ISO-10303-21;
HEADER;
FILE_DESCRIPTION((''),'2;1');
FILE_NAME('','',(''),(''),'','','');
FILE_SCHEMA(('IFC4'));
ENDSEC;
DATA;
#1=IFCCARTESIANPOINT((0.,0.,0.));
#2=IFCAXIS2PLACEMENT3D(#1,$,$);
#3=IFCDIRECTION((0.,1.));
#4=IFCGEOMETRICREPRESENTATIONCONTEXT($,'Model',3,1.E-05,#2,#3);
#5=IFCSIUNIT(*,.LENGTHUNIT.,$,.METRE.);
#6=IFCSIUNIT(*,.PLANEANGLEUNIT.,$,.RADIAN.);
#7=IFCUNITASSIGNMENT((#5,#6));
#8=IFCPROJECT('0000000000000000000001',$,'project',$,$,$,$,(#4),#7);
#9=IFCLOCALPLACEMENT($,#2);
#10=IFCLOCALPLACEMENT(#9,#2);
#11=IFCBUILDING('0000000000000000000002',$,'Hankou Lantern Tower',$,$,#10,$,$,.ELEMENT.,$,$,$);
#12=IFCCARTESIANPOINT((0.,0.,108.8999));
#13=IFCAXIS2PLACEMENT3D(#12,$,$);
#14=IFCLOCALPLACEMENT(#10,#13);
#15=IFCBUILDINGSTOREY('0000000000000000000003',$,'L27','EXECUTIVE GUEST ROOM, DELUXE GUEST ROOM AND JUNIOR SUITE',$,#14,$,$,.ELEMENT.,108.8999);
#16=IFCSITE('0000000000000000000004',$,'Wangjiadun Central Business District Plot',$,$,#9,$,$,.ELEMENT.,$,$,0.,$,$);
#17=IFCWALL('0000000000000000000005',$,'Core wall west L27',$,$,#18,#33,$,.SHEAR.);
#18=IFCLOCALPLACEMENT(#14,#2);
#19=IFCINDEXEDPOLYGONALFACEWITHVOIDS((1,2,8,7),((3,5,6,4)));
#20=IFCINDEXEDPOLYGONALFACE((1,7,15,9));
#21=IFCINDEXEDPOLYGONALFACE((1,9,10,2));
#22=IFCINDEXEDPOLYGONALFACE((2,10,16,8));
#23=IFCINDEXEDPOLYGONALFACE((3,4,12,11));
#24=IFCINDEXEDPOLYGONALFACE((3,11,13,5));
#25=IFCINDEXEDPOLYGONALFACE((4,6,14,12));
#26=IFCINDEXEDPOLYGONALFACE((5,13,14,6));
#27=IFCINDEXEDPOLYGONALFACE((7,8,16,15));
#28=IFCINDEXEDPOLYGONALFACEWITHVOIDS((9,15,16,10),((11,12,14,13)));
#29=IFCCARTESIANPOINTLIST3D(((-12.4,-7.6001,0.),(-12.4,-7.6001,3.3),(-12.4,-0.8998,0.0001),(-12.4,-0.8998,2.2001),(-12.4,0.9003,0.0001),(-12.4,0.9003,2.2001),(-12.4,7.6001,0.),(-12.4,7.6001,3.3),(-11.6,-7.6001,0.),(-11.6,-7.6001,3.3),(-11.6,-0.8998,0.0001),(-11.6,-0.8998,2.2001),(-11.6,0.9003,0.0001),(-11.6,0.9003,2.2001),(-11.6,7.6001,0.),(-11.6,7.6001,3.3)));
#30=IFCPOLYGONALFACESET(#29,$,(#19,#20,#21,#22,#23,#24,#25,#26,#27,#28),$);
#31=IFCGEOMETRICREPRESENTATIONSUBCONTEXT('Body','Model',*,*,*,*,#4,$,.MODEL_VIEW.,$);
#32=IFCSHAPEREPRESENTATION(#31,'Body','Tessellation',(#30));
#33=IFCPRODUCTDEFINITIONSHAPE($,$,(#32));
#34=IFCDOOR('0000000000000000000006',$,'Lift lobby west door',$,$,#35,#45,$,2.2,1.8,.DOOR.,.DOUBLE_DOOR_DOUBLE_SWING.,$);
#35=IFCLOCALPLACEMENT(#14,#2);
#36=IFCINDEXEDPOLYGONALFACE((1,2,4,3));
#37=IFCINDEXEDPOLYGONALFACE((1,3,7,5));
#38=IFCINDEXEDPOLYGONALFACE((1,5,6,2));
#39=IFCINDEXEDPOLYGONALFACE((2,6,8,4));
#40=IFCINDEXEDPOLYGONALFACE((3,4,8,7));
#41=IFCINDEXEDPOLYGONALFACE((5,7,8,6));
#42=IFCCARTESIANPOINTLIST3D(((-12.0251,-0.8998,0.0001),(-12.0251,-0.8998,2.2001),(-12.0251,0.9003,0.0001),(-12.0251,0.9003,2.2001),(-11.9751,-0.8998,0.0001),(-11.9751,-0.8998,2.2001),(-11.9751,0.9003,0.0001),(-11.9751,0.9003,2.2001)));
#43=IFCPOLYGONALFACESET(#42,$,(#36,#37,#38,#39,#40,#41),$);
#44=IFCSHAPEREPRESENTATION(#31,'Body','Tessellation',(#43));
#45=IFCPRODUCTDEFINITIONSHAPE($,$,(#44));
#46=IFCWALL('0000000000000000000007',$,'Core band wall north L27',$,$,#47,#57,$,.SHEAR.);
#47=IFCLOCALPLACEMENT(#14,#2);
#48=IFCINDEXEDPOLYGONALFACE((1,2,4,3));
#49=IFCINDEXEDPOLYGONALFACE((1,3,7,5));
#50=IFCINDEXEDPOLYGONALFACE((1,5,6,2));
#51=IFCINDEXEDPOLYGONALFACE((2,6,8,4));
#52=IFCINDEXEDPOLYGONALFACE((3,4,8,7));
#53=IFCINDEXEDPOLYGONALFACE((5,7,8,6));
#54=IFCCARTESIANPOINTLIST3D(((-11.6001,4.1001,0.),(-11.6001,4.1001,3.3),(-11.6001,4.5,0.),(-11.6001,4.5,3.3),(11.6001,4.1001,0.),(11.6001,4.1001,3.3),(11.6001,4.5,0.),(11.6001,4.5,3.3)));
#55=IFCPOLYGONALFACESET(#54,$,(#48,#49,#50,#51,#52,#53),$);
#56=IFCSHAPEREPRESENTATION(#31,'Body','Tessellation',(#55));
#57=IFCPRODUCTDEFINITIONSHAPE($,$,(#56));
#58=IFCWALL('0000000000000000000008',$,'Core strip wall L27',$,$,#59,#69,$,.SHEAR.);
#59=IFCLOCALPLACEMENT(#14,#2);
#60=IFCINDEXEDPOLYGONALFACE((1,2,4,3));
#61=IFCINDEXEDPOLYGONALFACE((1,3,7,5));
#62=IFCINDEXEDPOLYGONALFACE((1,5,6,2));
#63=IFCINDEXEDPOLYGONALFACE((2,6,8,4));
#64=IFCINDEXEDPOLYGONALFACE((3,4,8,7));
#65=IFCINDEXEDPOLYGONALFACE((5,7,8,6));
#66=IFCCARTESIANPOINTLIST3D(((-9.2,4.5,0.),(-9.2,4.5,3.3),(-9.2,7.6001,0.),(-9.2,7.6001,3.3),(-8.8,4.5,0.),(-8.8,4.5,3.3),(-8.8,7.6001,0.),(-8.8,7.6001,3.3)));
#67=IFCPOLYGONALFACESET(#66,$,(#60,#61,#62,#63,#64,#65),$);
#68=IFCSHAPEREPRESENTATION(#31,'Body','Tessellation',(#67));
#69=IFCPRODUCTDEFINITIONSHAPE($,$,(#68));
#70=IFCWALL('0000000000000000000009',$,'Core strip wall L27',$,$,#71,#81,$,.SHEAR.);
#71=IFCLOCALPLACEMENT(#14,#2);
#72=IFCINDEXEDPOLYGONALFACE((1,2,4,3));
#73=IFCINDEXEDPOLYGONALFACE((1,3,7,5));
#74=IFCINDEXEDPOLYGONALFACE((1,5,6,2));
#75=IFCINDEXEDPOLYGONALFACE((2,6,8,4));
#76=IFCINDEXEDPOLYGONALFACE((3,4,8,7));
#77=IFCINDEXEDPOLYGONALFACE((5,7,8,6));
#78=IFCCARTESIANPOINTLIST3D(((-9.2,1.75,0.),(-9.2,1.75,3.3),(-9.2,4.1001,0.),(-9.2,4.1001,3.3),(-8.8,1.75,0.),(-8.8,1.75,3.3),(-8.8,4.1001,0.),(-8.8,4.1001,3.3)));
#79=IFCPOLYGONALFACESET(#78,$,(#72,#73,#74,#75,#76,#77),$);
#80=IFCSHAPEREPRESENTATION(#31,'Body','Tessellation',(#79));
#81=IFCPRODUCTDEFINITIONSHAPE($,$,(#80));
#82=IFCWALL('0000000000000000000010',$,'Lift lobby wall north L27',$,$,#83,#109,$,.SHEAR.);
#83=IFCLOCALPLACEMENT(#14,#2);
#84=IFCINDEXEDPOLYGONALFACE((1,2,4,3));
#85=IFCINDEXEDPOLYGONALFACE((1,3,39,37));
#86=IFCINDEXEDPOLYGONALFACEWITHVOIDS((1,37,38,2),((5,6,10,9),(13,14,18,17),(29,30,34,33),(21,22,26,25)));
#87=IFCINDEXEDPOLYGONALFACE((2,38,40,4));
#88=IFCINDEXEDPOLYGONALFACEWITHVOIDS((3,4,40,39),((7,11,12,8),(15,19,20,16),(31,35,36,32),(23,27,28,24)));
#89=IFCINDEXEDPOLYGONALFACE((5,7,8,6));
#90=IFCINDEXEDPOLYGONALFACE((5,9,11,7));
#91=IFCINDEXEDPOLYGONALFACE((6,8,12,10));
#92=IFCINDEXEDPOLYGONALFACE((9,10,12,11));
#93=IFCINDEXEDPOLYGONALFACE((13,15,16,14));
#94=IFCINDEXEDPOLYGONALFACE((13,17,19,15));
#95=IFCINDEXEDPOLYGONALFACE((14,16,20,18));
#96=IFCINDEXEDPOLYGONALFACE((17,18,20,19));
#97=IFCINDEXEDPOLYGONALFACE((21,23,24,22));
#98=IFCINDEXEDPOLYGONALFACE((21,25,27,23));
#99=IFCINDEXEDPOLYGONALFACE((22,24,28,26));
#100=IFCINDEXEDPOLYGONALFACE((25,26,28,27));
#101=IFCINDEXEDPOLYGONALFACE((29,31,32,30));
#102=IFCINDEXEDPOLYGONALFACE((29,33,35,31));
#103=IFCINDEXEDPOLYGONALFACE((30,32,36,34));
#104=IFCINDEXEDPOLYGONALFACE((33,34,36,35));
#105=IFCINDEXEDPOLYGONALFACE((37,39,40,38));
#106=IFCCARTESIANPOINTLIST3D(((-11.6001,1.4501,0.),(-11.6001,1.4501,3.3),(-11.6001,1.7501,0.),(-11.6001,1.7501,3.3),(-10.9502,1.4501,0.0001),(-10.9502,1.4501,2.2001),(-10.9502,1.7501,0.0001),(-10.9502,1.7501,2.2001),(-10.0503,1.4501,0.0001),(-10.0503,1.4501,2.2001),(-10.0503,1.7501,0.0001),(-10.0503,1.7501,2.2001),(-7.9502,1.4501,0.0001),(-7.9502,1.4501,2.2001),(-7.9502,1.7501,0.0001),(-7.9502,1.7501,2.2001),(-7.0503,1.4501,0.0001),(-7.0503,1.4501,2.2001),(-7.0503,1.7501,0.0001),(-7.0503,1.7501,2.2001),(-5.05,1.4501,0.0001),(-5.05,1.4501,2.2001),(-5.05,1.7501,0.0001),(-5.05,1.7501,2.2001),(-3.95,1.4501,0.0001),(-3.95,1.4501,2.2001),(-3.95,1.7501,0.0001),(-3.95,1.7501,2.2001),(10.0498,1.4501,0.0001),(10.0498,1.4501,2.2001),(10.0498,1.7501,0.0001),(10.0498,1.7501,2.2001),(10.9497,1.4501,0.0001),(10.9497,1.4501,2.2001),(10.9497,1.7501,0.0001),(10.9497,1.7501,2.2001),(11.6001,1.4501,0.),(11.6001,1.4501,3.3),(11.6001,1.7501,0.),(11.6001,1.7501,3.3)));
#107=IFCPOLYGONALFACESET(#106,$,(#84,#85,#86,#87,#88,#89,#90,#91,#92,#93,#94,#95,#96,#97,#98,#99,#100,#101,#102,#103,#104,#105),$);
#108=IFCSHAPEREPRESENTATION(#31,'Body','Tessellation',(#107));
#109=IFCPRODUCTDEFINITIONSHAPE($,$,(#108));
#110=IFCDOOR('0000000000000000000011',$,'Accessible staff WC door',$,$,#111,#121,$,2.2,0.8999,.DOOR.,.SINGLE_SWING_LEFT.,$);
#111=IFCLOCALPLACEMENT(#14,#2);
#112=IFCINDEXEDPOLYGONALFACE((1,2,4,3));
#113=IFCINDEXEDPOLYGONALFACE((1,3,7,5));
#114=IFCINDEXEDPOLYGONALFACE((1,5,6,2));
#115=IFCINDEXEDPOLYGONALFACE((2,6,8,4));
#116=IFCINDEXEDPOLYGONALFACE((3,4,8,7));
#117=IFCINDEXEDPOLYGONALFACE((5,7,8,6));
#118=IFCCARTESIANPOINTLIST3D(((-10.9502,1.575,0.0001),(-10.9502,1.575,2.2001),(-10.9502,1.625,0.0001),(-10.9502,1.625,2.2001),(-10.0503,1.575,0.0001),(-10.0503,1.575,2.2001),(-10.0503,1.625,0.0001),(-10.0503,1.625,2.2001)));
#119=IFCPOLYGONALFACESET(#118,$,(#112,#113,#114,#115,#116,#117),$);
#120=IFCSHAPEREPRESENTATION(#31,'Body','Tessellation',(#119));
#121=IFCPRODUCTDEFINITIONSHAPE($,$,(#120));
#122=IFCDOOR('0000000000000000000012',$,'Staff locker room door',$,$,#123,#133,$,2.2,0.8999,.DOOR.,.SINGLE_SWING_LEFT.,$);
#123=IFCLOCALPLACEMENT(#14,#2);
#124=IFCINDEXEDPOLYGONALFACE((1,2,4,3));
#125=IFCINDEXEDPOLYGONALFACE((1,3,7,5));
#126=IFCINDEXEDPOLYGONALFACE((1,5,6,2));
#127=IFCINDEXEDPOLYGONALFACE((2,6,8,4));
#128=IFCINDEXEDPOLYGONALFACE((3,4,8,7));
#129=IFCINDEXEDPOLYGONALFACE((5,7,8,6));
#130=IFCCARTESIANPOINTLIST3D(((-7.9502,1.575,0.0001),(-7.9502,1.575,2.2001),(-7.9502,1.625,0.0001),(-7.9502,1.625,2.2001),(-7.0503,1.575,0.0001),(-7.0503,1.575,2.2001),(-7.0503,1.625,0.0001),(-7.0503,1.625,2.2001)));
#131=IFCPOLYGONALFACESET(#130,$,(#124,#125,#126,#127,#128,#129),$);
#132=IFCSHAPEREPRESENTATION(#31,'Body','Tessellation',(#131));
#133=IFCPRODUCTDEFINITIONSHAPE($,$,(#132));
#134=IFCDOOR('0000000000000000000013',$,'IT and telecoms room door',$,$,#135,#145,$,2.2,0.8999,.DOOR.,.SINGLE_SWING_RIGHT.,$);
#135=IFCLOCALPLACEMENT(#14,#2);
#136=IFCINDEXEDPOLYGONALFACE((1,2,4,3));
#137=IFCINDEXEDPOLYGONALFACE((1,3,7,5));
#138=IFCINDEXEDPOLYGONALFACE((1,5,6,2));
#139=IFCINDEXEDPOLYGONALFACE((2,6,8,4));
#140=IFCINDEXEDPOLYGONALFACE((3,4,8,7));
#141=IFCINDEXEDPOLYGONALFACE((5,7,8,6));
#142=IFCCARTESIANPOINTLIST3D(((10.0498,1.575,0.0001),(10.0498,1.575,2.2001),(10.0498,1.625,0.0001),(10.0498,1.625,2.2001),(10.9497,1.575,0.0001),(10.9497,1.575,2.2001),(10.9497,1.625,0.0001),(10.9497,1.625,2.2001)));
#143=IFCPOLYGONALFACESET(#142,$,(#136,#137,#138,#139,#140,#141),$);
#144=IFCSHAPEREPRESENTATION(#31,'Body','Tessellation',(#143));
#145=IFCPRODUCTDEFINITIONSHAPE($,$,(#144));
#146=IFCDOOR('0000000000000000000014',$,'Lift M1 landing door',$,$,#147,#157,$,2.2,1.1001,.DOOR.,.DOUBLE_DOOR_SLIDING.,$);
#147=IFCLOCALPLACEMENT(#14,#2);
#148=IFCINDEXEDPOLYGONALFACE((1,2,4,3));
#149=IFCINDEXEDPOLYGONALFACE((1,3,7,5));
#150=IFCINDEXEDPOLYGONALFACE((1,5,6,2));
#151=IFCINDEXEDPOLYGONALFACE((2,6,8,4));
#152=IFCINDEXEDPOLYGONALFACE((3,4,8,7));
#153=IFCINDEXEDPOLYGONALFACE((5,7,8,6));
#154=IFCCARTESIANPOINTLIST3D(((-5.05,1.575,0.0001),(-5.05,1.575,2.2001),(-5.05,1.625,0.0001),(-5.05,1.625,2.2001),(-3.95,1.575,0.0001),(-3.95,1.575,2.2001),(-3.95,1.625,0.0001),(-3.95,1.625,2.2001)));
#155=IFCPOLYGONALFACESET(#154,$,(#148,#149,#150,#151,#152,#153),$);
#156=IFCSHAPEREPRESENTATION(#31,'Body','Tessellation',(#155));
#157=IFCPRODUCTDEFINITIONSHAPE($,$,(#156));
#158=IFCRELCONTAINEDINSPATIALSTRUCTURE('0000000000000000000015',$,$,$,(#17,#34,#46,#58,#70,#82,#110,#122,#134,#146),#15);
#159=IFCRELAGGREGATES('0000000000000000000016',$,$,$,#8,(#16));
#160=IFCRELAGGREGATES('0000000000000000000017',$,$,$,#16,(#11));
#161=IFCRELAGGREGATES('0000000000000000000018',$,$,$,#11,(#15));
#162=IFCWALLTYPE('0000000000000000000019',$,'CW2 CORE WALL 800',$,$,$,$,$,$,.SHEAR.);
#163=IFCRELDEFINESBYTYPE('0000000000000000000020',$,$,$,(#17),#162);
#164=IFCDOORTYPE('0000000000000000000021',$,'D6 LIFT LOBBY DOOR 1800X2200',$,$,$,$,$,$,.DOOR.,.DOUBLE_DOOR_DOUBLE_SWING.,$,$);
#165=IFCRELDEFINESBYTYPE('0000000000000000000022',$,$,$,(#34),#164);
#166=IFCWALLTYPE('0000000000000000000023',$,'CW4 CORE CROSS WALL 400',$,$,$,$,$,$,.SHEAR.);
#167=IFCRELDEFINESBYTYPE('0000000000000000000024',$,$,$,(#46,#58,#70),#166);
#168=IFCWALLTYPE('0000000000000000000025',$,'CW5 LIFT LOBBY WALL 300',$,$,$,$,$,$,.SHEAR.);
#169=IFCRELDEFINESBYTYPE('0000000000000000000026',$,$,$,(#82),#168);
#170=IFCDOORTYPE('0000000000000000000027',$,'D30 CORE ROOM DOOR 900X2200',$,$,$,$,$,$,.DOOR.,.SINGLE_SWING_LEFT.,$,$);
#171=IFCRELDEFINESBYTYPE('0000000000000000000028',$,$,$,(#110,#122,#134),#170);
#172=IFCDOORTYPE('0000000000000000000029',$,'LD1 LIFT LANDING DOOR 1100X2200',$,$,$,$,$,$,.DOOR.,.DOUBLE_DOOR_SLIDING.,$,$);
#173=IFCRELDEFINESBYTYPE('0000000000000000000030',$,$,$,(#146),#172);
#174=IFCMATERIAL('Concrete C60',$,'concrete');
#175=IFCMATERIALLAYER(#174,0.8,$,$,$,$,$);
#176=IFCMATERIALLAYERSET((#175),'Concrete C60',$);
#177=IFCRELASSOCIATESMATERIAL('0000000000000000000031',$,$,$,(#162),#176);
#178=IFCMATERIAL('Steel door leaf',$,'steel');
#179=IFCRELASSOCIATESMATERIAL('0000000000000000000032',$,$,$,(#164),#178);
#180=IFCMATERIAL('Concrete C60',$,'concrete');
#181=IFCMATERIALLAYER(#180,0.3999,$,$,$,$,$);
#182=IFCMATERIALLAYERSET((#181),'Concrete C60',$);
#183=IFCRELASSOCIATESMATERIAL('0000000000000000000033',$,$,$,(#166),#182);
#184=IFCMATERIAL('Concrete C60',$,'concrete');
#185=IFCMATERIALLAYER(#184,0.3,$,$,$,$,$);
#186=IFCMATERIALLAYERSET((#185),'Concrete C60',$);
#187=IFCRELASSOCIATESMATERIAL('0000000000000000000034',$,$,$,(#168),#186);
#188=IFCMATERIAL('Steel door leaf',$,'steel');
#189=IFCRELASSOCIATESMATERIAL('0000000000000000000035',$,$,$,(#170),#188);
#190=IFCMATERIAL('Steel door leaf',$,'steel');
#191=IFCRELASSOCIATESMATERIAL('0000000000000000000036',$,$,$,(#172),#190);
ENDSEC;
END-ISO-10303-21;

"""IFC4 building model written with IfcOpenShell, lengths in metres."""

from ifc_helpers import new_model, si_unit, direction, frame, frame_2d, origin, place, context, subcontext, project, spatial, rectangle, extrude, material, layer, layer_set, type_object, element, fill, save


model = new_model("IFC4")

# Units and contexts
model_context = context("Model", 3, precision=1e-05, world=origin(), true_north=direction((0.0, 1.0)))
body_context = subcontext(model_context, "Body", "Model", "MODEL_VIEW")
ifc_project = project(units=[si_unit("LENGTHUNIT", "METRE"), si_unit("PLANEANGLEUNIT", "RADIAN")], contexts=[model_context])

# Site, building, storey
site_placement = place(None, origin())
site = spatial("IfcSite", under=ifc_project, at=site_placement, Name="Wangjiadun Central Business District Plot", CompositionType="ELEMENT", RefElevation=0.0)
building_placement = place(site_placement, origin())
building = spatial("IfcBuilding", under=site, at=building_placement, Name="Hankou Lantern Tower", CompositionType="ELEMENT")
storey_placement = place(building_placement, frame((0.0, 0.0, 108.8999)))
storey = spatial("IfcBuildingStorey", under=building, at=storey_placement, Name="L27", Description="EXECUTIVE GUEST ROOM, DELUXE GUEST ROOM AND JUNIOR SUITE", CompositionType="ELEMENT", Elevation=108.8999)

# Wall, opening, door
ifc_material_1 = material(Name="Concrete C60", Category="concrete")
ifc_layer_1 = layer(ifc_material_1, 0.8)
ifc_layer_set_1 = layer_set([ifc_layer_1], Name="Concrete C60")
wall_type_1 = type_object("IfcWallType", Name="CW2 CORE WALL 800", PredefinedType="SHEAR", material=ifc_layer_set_1)
wall_1_placement = place(storey_placement, frame((-12.0, 7.6001, 0.0), z_axis=(0.0, 0.0, 1.0), x_axis=(0.0, -1.0, 0.0)))
wall_1 = element("IfcWall", 1, at=wall_1_placement, inside=storey, type_object=wall_type_1, Name="Core wall west L27", PredefinedType="SHEAR", context=body_context, shape_type="SweptSolid", body=[
    extrude(rectangle(XDim=15.2002, YDim=0.8, at=frame_2d((7.6001, 0.0))), origin(), (0.0, 0.0, 1.0), 3.3),
])
opening_1_placement = place(wall_1_placement, frame((6.7, 0.0, 0.0)))
opening_1 = element("IfcOpeningElement", 2, at=opening_1_placement, cuts=wall_1, PredefinedType="OPENING", context=body_context, shape_type="SweptSolid", body=[
    extrude(rectangle(XDim=1.8, YDim=2.2, at=frame_2d((0.8999, 1.1001))), frame((0.0, 0.4099, 0.0), z_axis=(0.0, -1.0, 0.0), x_axis=(1.0, 0.0, 0.0)), (0.0, 0.0, 1.0), 0.8201),
])
ifc_material_2 = material(Name="Steel door leaf", Category="steel")
door_type_1 = type_object("IfcDoorType", Name="D6 LIFT LOBBY DOOR 1800X2200", OperationType="DOUBLE_DOOR_DOUBLE_SWING", PredefinedType="DOOR", material=ifc_material_2)
door_1_placement = place(opening_1_placement, origin())
door_1 = element("IfcDoor", 3, at=door_1_placement, inside=storey, type_object=door_type_1, Name="Lift lobby west door", OperationType="DOUBLE_DOOR_DOUBLE_SWING", OverallHeight=2.2, OverallWidth=1.8, PredefinedType="DOOR", context=body_context, shape_type="SweptSolid", body=[
    extrude(rectangle(XDim=1.8, YDim=2.2, at=frame_2d((0.8999, 1.1001))), frame((0.0, 0.0249, 0.0), z_axis=(0.0, -1.0, 0.0), x_axis=(1.0, 0.0, 0.0)), (0.0, 0.0, 1.0), 0.05),
])
fill(opening_1, door_1)

# Walls
ifc_material_3 = material(Name="Concrete C60", Category="concrete")
ifc_layer_2 = layer(ifc_material_3, 0.3999)
ifc_layer_set_2 = layer_set([ifc_layer_2], Name="Concrete C60")
wall_type_2 = type_object("IfcWallType", Name="CW4 CORE CROSS WALL 400", PredefinedType="SHEAR", material=ifc_layer_set_2)
wall_2_placement = place(storey_placement, frame((-11.6001, 4.3, 0.0), z_axis=(0.0, 0.0, 1.0), x_axis=(1.0, 0.0, 0.0)))
element("IfcWall", 4, at=wall_2_placement, inside=storey, type_object=wall_type_2, Name="Core band wall north L27", PredefinedType="SHEAR", context=body_context, shape_type="SweptSolid", body=[
    extrude(rectangle(XDim=23.2002, YDim=0.3999, at=frame_2d((11.6001, 0.0))), origin(), (0.0, 0.0, 1.0), 3.3),
])
wall_3_placement = place(storey_placement, frame((-9.0, 4.5, 0.0), z_axis=(0.0, 0.0, 1.0), x_axis=(0.0, 1.0, 0.0)))
element("IfcWall", 5, at=wall_3_placement, inside=storey, type_object=wall_type_2, Name="Core strip wall L27", PredefinedType="SHEAR", context=body_context, shape_type="SweptSolid", body=[
    extrude(rectangle(XDim=3.1001, YDim=0.3999, at=frame_2d((1.55, 0.0))), origin(), (0.0, 0.0, 1.0), 3.3),
])
wall_4_placement = place(storey_placement, frame((-9.0, 1.75, 0.0), z_axis=(0.0, 0.0, 1.0), x_axis=(0.0, 1.0, 0.0)))
element("IfcWall", 6, at=wall_4_placement, inside=storey, type_object=wall_type_2, Name="Core strip wall L27", PredefinedType="SHEAR", context=body_context, shape_type="SweptSolid", body=[
    extrude(rectangle(XDim=2.3501, YDim=0.3999, at=frame_2d((1.175, 0.0))), origin(), (0.0, 0.0, 1.0), 3.3),
])

# Wall, openings, doors
ifc_material_4 = material(Name="Concrete C60", Category="concrete")
ifc_layer_3 = layer(ifc_material_4, 0.3)
ifc_layer_set_3 = layer_set([ifc_layer_3], Name="Concrete C60")
wall_type_3 = type_object("IfcWallType", Name="CW5 LIFT LOBBY WALL 300", PredefinedType="SHEAR", material=ifc_layer_set_3)
wall_5_placement = place(storey_placement, frame((-11.6001, 1.6001, 0.0), z_axis=(0.0, 0.0, 1.0), x_axis=(1.0, 0.0, 0.0)))
wall_5 = element("IfcWall", 7, at=wall_5_placement, inside=storey, type_object=wall_type_3, Name="Lift lobby wall north L27", PredefinedType="SHEAR", context=body_context, shape_type="SweptSolid", body=[
    extrude(rectangle(XDim=23.2002, YDim=0.3, at=frame_2d((11.6001, 0.0))), origin(), (0.0, 0.0, 1.0), 3.3),
])
opening_2_placement = place(wall_5_placement, frame((6.55, 0.0, 0.0)))
opening_2 = element("IfcOpeningElement", 8, at=opening_2_placement, cuts=wall_5, PredefinedType="OPENING", context=body_context, shape_type="SweptSolid", body=[
    extrude(rectangle(XDim=1.1001, YDim=2.2, at=frame_2d((0.55, 1.1001))), frame((0.0, 0.1599, 0.0), z_axis=(0.0, -1.0, 0.0), x_axis=(1.0, 0.0, 0.0)), (0.0, 0.0, 1.0), 0.3201),
])
opening_3_placement = place(wall_5_placement, frame((0.6499, 0.0, 0.0)))
opening_3 = element("IfcOpeningElement", 9, at=opening_3_placement, cuts=wall_5, PredefinedType="OPENING", context=body_context, shape_type="SweptSolid", body=[
    extrude(rectangle(XDim=0.8999, YDim=2.2, at=frame_2d((0.45, 1.1001))), frame((0.0, 0.1599, 0.0), z_axis=(0.0, -1.0, 0.0), x_axis=(1.0, 0.0, 0.0)), (0.0, 0.0, 1.0), 0.3201),
])
opening_4_placement = place(wall_5_placement, frame((3.6499, 0.0, 0.0)))
opening_4 = element("IfcOpeningElement", 10, at=opening_4_placement, cuts=wall_5, PredefinedType="OPENING", context=body_context, shape_type="SweptSolid", body=[
    extrude(rectangle(XDim=0.8999, YDim=2.2, at=frame_2d((0.45, 1.1001))), frame((0.0, 0.1599, 0.0), z_axis=(0.0, -1.0, 0.0), x_axis=(1.0, 0.0, 0.0)), (0.0, 0.0, 1.0), 0.3201),
])
opening_5_placement = place(wall_5_placement, frame((21.6499, 0.0, 0.0)))
opening_5 = element("IfcOpeningElement", 11, at=opening_5_placement, cuts=wall_5, PredefinedType="OPENING", context=body_context, shape_type="SweptSolid", body=[
    extrude(rectangle(XDim=0.8999, YDim=2.2, at=frame_2d((0.45, 1.1001))), frame((0.0, 0.1599, 0.0), z_axis=(0.0, -1.0, 0.0), x_axis=(1.0, 0.0, 0.0)), (0.0, 0.0, 1.0), 0.3201),
])
ifc_material_5 = material(Name="Steel door leaf", Category="steel")
door_type_2 = type_object("IfcDoorType", Name="D30 CORE ROOM DOOR 900X2200", OperationType="SINGLE_SWING_LEFT", PredefinedType="DOOR", material=ifc_material_5)
door_2_placement = place(opening_3_placement, origin())
door_2 = element("IfcDoor", 12, at=door_2_placement, inside=storey, type_object=door_type_2, Name="Accessible staff WC door", OperationType="SINGLE_SWING_LEFT", OverallHeight=2.2, OverallWidth=0.8999, PredefinedType="DOOR", context=body_context, shape_type="SweptSolid", body=[
    extrude(rectangle(XDim=0.8999, YDim=2.2, at=frame_2d((0.45, 1.1001))), frame((0.0, 0.0249, 0.0), z_axis=(0.0, -1.0, 0.0), x_axis=(1.0, 0.0, 0.0)), (0.0, 0.0, 1.0), 0.05),
])
fill(opening_3, door_2)
door_3_placement = place(opening_4_placement, origin())
door_3 = element("IfcDoor", 13, at=door_3_placement, inside=storey, type_object=door_type_2, Name="Staff locker room door", OperationType="SINGLE_SWING_LEFT", OverallHeight=2.2, OverallWidth=0.8999, PredefinedType="DOOR", context=body_context, shape_type="SweptSolid", body=[
    extrude(rectangle(XDim=0.8999, YDim=2.2, at=frame_2d((0.45, 1.1001))), frame((0.0, 0.0249, 0.0), z_axis=(0.0, -1.0, 0.0), x_axis=(1.0, 0.0, 0.0)), (0.0, 0.0, 1.0), 0.05),
])
fill(opening_4, door_3)
door_4_placement = place(opening_5_placement, origin())
door_4 = element("IfcDoor", 14, at=door_4_placement, inside=storey, type_object=door_type_2, Name="IT and telecoms room door", OperationType="SINGLE_SWING_RIGHT", OverallHeight=2.2, OverallWidth=0.8999, PredefinedType="DOOR", context=body_context, shape_type="SweptSolid", body=[
    extrude(rectangle(XDim=0.8999, YDim=2.2, at=frame_2d((0.45, 1.1001))), frame((0.0, 0.0249, 0.0), z_axis=(0.0, -1.0, 0.0), x_axis=(1.0, 0.0, 0.0)), (0.0, 0.0, 1.0), 0.05),
])
fill(opening_5, door_4)
ifc_material_6 = material(Name="Steel door leaf", Category="steel")
door_type_3 = type_object("IfcDoorType", Name="LD1 LIFT LANDING DOOR 1100X2200", OperationType="DOUBLE_DOOR_SLIDING", PredefinedType="DOOR", material=ifc_material_6)
door_5_placement = place(opening_2_placement, origin())
door_5 = element("IfcDoor", 15, at=door_5_placement, inside=storey, type_object=door_type_3, Name="Lift M1 landing door", OperationType="DOUBLE_DOOR_SLIDING", OverallHeight=2.2, OverallWidth=1.1001, PredefinedType="DOOR", context=body_context, shape_type="SweptSolid", body=[
    extrude(rectangle(XDim=1.1001, YDim=2.2, at=frame_2d((0.55, 1.1001))), frame((0.0, 0.0249, 0.0), z_axis=(0.0, -1.0, 0.0), x_axis=(1.0, 0.0, 0.0)), (0.0, 0.0, 1.0), 0.05),
])
fill(opening_2, door_5)

save(model, "model.ifc")
